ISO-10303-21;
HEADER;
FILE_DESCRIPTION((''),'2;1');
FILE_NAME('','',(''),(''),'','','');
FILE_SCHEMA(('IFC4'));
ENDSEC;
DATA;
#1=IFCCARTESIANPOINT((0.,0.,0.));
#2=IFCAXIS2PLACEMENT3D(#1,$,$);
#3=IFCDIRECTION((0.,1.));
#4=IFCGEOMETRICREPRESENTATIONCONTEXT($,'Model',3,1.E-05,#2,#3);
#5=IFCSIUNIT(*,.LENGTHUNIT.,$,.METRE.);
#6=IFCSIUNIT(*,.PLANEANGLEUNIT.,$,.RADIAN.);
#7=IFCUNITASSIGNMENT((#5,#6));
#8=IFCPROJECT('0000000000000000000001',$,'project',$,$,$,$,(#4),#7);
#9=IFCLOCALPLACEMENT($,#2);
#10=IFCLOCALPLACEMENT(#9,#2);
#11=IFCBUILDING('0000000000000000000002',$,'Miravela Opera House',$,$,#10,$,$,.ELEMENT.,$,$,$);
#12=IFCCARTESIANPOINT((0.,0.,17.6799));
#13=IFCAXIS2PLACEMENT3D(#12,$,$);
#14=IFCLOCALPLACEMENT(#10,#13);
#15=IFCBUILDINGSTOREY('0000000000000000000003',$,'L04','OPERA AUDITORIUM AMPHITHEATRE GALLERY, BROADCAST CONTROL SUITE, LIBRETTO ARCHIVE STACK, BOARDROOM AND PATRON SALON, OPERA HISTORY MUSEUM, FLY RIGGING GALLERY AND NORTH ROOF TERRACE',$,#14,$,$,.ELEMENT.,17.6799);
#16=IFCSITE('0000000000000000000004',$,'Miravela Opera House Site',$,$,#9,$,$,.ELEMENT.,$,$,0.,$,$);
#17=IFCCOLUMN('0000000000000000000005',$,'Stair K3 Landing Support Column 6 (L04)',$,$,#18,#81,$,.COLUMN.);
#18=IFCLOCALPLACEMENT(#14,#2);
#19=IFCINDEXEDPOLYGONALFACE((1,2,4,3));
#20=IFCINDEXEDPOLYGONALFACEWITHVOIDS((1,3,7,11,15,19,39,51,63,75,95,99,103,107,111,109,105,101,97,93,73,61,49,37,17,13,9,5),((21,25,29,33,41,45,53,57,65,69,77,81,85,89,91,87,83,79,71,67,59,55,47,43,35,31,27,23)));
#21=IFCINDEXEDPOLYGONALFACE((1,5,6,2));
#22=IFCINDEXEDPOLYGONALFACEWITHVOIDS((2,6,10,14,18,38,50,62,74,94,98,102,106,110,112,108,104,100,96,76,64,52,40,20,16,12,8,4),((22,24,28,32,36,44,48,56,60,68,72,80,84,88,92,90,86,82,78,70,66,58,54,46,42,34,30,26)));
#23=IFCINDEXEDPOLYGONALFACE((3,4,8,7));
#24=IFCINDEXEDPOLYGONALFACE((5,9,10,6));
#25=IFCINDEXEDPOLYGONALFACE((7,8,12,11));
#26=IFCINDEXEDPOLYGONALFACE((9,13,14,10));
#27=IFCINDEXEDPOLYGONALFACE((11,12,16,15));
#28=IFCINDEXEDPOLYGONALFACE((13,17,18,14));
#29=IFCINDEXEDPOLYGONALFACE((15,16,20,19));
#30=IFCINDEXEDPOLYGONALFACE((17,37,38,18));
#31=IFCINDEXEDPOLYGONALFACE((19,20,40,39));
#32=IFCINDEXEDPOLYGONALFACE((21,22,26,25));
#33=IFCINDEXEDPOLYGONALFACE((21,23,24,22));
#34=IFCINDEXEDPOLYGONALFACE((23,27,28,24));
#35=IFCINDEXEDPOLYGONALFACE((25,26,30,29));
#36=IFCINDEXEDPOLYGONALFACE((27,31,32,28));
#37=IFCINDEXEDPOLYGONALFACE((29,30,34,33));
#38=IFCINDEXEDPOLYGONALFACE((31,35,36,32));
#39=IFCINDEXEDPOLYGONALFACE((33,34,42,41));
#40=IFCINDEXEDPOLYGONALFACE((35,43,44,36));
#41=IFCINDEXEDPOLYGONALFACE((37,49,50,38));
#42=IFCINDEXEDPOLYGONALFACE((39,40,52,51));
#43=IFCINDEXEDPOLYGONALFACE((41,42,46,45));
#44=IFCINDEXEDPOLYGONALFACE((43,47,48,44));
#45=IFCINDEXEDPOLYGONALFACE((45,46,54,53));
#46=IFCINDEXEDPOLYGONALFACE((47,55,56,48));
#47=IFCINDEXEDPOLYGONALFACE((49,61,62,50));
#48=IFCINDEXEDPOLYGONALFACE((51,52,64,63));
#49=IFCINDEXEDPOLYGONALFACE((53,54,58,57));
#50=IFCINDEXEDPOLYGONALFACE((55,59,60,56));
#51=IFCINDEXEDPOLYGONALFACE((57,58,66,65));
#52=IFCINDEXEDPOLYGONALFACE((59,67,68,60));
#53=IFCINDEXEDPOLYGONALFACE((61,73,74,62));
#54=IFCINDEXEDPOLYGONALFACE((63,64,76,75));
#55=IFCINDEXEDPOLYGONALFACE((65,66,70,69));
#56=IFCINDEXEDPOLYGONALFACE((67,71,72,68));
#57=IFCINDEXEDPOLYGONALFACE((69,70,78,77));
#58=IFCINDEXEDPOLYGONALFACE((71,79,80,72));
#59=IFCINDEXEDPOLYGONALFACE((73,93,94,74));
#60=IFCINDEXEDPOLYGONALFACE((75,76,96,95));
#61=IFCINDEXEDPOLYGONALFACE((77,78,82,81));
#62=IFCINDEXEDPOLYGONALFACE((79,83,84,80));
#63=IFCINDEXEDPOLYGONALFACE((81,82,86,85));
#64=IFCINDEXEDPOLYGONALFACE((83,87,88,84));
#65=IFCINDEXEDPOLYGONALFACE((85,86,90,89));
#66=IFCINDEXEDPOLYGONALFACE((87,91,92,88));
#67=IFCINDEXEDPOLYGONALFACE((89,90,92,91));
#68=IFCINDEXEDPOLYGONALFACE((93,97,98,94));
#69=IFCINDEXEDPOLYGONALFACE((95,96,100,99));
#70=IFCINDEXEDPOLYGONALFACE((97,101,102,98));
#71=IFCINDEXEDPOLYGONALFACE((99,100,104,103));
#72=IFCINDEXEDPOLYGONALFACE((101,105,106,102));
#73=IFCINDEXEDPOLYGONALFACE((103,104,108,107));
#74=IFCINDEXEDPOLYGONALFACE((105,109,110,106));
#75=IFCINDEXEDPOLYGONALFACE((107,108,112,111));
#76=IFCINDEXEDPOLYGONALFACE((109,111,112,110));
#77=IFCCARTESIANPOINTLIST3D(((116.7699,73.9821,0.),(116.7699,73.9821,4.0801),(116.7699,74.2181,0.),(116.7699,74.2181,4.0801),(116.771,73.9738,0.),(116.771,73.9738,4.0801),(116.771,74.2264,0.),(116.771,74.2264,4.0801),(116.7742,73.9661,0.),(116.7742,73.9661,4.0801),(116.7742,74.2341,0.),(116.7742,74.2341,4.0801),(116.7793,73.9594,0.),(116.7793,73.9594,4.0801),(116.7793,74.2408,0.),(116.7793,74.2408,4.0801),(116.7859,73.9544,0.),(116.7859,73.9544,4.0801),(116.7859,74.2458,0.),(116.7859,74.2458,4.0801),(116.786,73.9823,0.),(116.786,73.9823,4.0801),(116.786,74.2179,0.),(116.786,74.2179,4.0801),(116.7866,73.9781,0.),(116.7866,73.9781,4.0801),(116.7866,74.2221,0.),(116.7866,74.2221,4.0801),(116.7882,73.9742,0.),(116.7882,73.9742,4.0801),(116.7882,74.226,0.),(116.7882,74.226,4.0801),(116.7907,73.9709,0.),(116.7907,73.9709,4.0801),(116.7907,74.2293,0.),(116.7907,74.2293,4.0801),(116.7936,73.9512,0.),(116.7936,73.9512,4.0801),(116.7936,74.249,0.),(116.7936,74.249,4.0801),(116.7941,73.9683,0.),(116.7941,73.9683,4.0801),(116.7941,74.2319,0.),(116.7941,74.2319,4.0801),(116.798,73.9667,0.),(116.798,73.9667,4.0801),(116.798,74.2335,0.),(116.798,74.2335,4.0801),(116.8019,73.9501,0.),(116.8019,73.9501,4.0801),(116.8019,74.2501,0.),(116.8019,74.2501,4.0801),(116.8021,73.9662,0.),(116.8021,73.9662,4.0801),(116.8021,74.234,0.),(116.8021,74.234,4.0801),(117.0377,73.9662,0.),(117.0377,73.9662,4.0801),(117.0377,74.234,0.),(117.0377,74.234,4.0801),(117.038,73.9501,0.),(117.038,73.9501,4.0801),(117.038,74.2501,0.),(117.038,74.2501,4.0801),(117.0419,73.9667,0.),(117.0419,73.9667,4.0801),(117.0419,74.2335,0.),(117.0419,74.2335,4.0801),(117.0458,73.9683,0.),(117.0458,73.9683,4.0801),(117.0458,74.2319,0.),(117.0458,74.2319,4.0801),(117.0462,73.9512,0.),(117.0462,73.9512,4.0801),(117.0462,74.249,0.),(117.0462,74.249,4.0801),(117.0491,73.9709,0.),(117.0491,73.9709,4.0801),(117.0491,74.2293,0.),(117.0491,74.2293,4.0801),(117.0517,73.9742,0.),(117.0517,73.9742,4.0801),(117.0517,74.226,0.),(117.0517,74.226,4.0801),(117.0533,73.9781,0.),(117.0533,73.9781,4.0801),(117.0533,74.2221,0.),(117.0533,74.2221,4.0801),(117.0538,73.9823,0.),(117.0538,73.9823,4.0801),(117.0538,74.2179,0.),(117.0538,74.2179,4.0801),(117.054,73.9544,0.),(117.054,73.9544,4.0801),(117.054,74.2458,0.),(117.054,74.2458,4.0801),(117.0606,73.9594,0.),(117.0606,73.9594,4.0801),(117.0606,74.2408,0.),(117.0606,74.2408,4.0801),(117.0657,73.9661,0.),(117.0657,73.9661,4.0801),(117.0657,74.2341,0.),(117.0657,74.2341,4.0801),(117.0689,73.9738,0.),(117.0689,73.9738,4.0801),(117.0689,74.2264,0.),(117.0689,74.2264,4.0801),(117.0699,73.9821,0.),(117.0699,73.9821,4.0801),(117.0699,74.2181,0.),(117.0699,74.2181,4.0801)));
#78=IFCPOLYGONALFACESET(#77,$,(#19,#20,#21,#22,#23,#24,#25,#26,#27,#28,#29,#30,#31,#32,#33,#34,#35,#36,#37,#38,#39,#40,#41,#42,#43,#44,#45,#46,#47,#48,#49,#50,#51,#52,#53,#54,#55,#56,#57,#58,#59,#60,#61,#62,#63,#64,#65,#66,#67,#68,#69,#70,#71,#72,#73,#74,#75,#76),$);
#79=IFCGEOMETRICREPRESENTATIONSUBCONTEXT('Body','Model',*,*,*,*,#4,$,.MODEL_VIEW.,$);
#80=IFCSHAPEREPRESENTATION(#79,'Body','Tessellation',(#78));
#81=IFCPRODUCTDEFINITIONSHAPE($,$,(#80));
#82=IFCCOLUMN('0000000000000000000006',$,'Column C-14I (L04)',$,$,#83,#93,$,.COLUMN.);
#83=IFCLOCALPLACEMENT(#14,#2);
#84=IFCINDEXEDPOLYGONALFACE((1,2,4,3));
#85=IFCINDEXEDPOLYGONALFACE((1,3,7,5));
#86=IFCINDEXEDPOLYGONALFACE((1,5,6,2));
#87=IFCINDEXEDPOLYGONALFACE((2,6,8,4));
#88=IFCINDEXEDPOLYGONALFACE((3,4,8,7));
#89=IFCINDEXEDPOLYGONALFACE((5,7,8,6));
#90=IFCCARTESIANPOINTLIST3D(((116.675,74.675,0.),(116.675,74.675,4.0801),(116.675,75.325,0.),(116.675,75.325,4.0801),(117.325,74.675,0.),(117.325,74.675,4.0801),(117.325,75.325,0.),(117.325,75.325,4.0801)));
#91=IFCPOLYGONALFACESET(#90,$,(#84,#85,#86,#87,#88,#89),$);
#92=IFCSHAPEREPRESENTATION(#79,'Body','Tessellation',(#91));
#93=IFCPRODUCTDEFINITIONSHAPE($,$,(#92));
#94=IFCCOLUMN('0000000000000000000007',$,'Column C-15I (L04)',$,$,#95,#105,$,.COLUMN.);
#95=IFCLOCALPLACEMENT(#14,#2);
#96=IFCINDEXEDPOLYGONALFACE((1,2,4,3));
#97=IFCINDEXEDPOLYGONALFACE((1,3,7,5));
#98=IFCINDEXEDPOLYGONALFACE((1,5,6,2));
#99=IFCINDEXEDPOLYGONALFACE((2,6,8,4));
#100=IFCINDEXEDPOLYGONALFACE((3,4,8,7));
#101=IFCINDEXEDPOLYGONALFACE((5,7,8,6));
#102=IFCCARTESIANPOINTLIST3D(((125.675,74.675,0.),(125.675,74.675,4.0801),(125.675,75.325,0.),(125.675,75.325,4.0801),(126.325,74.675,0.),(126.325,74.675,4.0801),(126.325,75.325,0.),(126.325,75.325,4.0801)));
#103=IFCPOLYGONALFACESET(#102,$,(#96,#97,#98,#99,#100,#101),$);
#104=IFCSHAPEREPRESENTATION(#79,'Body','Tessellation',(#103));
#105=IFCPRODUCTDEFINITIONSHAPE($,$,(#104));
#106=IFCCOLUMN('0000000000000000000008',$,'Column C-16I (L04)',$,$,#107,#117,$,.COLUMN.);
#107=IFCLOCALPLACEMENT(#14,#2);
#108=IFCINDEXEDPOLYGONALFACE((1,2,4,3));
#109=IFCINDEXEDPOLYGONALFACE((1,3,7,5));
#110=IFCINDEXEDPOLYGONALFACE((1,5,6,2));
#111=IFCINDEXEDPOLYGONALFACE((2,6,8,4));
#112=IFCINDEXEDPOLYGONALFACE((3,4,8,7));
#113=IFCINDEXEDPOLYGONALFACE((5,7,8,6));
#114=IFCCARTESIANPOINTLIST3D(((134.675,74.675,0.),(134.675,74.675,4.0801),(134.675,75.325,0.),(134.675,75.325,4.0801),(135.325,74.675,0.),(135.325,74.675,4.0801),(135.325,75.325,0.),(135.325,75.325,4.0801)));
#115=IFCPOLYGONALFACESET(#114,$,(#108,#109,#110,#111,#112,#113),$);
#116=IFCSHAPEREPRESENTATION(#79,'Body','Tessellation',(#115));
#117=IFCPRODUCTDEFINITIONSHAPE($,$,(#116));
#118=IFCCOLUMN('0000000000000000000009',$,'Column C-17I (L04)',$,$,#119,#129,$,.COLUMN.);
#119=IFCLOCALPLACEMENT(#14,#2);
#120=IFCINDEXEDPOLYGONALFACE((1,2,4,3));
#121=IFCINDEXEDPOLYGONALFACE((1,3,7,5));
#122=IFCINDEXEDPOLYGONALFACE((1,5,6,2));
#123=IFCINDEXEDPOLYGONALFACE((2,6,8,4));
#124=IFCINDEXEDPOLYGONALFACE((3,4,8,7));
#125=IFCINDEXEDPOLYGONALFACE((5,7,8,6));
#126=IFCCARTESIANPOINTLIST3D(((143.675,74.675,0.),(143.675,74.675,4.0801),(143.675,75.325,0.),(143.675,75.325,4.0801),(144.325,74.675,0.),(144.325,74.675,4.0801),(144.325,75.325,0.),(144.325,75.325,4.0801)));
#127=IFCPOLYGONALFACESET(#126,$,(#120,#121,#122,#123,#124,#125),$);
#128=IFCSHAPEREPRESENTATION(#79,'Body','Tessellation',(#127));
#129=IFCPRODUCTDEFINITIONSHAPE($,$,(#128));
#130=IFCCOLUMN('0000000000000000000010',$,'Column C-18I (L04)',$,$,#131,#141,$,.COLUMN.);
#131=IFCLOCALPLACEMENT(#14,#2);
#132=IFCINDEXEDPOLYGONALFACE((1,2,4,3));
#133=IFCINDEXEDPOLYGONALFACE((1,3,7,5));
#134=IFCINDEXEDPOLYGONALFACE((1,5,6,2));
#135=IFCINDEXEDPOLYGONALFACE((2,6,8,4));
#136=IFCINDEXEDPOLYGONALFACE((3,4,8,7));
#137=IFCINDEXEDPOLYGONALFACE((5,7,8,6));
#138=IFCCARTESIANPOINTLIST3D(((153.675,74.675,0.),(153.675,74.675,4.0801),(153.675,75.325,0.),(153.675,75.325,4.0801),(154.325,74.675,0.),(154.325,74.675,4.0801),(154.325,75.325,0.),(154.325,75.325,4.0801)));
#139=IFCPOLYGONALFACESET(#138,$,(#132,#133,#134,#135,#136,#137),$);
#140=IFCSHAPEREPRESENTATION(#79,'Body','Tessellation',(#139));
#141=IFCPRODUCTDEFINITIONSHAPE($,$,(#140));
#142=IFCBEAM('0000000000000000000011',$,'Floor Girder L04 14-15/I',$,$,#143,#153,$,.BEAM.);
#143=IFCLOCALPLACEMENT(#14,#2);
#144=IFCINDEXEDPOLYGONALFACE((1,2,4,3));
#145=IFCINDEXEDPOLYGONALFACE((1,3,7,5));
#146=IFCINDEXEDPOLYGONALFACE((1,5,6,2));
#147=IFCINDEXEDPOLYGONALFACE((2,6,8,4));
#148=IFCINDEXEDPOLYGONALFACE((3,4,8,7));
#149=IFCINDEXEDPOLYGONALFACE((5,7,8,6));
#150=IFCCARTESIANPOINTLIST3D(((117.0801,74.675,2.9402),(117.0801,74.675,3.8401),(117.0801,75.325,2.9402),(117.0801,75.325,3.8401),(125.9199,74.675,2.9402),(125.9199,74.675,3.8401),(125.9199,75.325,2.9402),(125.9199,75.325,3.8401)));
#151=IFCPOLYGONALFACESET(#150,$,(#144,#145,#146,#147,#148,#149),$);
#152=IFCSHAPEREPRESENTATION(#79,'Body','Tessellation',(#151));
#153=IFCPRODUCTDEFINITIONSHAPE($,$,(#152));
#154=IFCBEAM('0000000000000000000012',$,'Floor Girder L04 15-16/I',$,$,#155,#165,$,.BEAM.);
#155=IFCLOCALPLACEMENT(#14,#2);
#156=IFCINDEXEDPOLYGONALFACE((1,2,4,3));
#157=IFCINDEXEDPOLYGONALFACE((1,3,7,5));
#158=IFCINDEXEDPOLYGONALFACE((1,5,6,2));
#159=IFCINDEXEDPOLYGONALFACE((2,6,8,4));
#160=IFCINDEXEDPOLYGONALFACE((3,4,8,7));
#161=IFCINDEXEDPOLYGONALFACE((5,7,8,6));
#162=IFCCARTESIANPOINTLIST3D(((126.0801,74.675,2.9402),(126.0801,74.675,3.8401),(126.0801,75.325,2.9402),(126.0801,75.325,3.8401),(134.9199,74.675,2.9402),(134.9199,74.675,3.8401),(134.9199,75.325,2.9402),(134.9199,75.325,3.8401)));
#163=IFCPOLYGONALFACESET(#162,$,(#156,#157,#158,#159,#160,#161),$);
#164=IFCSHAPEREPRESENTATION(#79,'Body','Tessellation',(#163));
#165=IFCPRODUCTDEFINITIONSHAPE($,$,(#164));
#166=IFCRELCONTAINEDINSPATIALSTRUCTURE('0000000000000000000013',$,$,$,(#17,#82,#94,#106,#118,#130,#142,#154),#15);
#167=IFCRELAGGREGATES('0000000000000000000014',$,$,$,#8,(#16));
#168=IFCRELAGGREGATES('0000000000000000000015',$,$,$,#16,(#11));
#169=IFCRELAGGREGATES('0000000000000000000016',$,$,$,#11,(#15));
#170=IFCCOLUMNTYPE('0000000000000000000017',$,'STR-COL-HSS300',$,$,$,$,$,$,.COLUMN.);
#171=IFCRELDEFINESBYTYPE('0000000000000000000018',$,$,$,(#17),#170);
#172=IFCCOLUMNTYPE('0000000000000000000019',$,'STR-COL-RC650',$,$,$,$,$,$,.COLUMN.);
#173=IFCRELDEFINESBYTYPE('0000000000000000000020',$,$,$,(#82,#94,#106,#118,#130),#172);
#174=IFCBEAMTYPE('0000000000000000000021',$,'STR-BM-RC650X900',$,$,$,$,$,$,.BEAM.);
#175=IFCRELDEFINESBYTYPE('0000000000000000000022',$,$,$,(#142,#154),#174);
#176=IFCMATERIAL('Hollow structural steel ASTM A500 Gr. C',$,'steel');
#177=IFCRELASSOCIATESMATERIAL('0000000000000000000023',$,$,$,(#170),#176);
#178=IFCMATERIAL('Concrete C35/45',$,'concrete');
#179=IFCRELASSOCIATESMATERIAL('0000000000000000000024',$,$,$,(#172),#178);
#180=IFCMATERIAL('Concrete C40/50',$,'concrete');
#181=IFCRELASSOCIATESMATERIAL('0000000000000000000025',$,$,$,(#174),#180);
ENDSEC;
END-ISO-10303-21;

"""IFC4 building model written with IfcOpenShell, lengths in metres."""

from ifc_helpers import new_model, si_unit, direction, frame, origin, origin_2d, place, context, subcontext, project, spatial, rectangle, hollow_rectangle, extrude, material, material_profile, profile_set, type_object, element, save


model = new_model("IFC4")

# Units and contexts
model_context = context("Model", 3, precision=1e-05, world=origin(), true_north=direction((0.0, 1.0)))
body_context = subcontext(model_context, "Body", "Model", "MODEL_VIEW")
ifc_project = project(units=[si_unit("LENGTHUNIT", "METRE"), si_unit("PLANEANGLEUNIT", "RADIAN")], contexts=[model_context])

# Site, building, storey
site_placement = place(None, origin())
site = spatial("IfcSite", under=ifc_project, at=site_placement, Name="Miravela Opera House Site", CompositionType="ELEMENT", RefElevation=0.0)
building_placement = place(site_placement, origin())
building = spatial("IfcBuilding", under=site, at=building_placement, Name="Miravela Opera House", CompositionType="ELEMENT")
storey_placement = place(building_placement, frame((0.0, 0.0, 17.6799)))
storey = spatial("IfcBuildingStorey", under=building, at=storey_placement, Name="L04", Description="OPERA AUDITORIUM AMPHITHEATRE GALLERY, BROADCAST CONTROL SUITE, LIBRETTO ARCHIVE STACK, BOARDROOM AND PATRON SALON, OPERA HISTORY MUSEUM, FLY RIGGING GALLERY AND NORTH ROOF TERRACE", CompositionType="ELEMENT", Elevation=17.6799)

# Columns
ifc_material_1 = material(Name="Hollow structural steel ASTM A500 Gr. C", Category="steel")
ifc_material_profile_1 = material_profile(ifc_material_1, hollow_rectangle(XDim=0.3, YDim=0.3, WallThickness=0.0161, InnerFilletRadius=0.0161, OuterFilletRadius=0.032, at=origin_2d()), Name="HSS300X300X16")
ifc_profile_set_1 = profile_set([ifc_material_profile_1])
column_type_1 = type_object("IfcColumnType", Name="STR-COL-HSS300", PredefinedType="COLUMN", material=ifc_profile_set_1)
column_placement = place(storey_placement, frame((116.9199, 74.1001, 0.0), z_axis=(0.0, 0.0, 1.0), x_axis=(1.0, 0.0, 0.0)))
element("IfcColumn", 1, at=column_placement, inside=storey, type_object=column_type_1, Name="Stair K3 Landing Support Column 6 (L04)", PredefinedType="COLUMN", context=body_context, shape_type="SweptSolid", body=[
    extrude(hollow_rectangle(XDim=0.3, YDim=0.3, WallThickness=0.0161, InnerFilletRadius=0.0161, OuterFilletRadius=0.032, at=origin_2d()), origin(), (0.0, 0.0, 1.0), 4.0801),
])
ifc_material_2 = material(Name="Concrete C35/45", Category="concrete")
ifc_material_profile_2 = material_profile(ifc_material_2, rectangle(XDim=0.6499, YDim=0.6499, at=origin_2d()), Name="RC-COL-650X650")
ifc_profile_set_2 = profile_set([ifc_material_profile_2])
column_type_2 = type_object("IfcColumnType", Name="STR-COL-RC650", PredefinedType="COLUMN", material=ifc_profile_set_2)
for number, where, z_axis, x_axis, name in (
    (2, (117.0, 75.0, 0.0), (0.0, 0.0, 1.0), (1.0, 0.0, 0.0), "Column C-14I (L04)"),
    (3, (126.0, 75.0, 0.0), (0.0, 0.0, 1.0), (1.0, 0.0, 0.0), "Column C-15I (L04)"),
    (4, (135.0, 75.0, 0.0), (0.0, 0.0, 1.0), (1.0, 0.0, 0.0), "Column C-16I (L04)"),
    (5, (144.0, 75.0, 0.0), (0.0, 0.0, 1.0), (1.0, 0.0, 0.0), "Column C-17I (L04)"),
    (6, (154.0, 75.0, 0.0), (0.0, 0.0, 1.0), (1.0, 0.0, 0.0), "Column C-18I (L04)"),
):
    element("IfcColumn", number, at=place(storey_placement, frame(where, z_axis=z_axis, x_axis=x_axis)), inside=storey, type_object=column_type_2, Name=name, PredefinedType="COLUMN", context=body_context, shape_type="SweptSolid", body=[
        extrude(rectangle(XDim=0.6499, YDim=0.6499, at=origin_2d()), origin(), (0.0, 0.0, 1.0), 4.0801),
    ])

# Beams
ifc_material_3 = material(Name="Concrete C40/50", Category="concrete")
ifc_material_profile_3 = material_profile(ifc_material_3, rectangle(XDim=0.6499, YDim=0.8999, at=origin_2d()), Name="RC-BM-650X900")
ifc_profile_set_3 = profile_set([ifc_material_profile_3])
beam_type_1 = type_object("IfcBeamType", Name="STR-BM-RC650X900", PredefinedType="BEAM", material=ifc_profile_set_3)
for number, where, z_axis, x_axis, name in (
    (7, (117.0801, 75.0, 3.3901), (1.0, 0.0, 0.0), (0.0, 1.0, 0.0), "Floor Girder L04 14-15/I"),
    (8, (126.0801, 75.0, 3.3901), (1.0, 0.0, 0.0), (0.0, 1.0, 0.0), "Floor Girder L04 15-16/I"),
):
    element("IfcBeam", number, at=place(storey_placement, frame(where, z_axis=z_axis, x_axis=x_axis)), inside=storey, type_object=beam_type_1, Name=name, PredefinedType="BEAM", context=body_context, shape_type="SweptSolid", body=[
        extrude(rectangle(XDim=0.6499, YDim=0.8999, at=origin_2d()), origin(), (0.0, 0.0, 1.0), 8.8398),
    ])

save(model, "model.ifc")
